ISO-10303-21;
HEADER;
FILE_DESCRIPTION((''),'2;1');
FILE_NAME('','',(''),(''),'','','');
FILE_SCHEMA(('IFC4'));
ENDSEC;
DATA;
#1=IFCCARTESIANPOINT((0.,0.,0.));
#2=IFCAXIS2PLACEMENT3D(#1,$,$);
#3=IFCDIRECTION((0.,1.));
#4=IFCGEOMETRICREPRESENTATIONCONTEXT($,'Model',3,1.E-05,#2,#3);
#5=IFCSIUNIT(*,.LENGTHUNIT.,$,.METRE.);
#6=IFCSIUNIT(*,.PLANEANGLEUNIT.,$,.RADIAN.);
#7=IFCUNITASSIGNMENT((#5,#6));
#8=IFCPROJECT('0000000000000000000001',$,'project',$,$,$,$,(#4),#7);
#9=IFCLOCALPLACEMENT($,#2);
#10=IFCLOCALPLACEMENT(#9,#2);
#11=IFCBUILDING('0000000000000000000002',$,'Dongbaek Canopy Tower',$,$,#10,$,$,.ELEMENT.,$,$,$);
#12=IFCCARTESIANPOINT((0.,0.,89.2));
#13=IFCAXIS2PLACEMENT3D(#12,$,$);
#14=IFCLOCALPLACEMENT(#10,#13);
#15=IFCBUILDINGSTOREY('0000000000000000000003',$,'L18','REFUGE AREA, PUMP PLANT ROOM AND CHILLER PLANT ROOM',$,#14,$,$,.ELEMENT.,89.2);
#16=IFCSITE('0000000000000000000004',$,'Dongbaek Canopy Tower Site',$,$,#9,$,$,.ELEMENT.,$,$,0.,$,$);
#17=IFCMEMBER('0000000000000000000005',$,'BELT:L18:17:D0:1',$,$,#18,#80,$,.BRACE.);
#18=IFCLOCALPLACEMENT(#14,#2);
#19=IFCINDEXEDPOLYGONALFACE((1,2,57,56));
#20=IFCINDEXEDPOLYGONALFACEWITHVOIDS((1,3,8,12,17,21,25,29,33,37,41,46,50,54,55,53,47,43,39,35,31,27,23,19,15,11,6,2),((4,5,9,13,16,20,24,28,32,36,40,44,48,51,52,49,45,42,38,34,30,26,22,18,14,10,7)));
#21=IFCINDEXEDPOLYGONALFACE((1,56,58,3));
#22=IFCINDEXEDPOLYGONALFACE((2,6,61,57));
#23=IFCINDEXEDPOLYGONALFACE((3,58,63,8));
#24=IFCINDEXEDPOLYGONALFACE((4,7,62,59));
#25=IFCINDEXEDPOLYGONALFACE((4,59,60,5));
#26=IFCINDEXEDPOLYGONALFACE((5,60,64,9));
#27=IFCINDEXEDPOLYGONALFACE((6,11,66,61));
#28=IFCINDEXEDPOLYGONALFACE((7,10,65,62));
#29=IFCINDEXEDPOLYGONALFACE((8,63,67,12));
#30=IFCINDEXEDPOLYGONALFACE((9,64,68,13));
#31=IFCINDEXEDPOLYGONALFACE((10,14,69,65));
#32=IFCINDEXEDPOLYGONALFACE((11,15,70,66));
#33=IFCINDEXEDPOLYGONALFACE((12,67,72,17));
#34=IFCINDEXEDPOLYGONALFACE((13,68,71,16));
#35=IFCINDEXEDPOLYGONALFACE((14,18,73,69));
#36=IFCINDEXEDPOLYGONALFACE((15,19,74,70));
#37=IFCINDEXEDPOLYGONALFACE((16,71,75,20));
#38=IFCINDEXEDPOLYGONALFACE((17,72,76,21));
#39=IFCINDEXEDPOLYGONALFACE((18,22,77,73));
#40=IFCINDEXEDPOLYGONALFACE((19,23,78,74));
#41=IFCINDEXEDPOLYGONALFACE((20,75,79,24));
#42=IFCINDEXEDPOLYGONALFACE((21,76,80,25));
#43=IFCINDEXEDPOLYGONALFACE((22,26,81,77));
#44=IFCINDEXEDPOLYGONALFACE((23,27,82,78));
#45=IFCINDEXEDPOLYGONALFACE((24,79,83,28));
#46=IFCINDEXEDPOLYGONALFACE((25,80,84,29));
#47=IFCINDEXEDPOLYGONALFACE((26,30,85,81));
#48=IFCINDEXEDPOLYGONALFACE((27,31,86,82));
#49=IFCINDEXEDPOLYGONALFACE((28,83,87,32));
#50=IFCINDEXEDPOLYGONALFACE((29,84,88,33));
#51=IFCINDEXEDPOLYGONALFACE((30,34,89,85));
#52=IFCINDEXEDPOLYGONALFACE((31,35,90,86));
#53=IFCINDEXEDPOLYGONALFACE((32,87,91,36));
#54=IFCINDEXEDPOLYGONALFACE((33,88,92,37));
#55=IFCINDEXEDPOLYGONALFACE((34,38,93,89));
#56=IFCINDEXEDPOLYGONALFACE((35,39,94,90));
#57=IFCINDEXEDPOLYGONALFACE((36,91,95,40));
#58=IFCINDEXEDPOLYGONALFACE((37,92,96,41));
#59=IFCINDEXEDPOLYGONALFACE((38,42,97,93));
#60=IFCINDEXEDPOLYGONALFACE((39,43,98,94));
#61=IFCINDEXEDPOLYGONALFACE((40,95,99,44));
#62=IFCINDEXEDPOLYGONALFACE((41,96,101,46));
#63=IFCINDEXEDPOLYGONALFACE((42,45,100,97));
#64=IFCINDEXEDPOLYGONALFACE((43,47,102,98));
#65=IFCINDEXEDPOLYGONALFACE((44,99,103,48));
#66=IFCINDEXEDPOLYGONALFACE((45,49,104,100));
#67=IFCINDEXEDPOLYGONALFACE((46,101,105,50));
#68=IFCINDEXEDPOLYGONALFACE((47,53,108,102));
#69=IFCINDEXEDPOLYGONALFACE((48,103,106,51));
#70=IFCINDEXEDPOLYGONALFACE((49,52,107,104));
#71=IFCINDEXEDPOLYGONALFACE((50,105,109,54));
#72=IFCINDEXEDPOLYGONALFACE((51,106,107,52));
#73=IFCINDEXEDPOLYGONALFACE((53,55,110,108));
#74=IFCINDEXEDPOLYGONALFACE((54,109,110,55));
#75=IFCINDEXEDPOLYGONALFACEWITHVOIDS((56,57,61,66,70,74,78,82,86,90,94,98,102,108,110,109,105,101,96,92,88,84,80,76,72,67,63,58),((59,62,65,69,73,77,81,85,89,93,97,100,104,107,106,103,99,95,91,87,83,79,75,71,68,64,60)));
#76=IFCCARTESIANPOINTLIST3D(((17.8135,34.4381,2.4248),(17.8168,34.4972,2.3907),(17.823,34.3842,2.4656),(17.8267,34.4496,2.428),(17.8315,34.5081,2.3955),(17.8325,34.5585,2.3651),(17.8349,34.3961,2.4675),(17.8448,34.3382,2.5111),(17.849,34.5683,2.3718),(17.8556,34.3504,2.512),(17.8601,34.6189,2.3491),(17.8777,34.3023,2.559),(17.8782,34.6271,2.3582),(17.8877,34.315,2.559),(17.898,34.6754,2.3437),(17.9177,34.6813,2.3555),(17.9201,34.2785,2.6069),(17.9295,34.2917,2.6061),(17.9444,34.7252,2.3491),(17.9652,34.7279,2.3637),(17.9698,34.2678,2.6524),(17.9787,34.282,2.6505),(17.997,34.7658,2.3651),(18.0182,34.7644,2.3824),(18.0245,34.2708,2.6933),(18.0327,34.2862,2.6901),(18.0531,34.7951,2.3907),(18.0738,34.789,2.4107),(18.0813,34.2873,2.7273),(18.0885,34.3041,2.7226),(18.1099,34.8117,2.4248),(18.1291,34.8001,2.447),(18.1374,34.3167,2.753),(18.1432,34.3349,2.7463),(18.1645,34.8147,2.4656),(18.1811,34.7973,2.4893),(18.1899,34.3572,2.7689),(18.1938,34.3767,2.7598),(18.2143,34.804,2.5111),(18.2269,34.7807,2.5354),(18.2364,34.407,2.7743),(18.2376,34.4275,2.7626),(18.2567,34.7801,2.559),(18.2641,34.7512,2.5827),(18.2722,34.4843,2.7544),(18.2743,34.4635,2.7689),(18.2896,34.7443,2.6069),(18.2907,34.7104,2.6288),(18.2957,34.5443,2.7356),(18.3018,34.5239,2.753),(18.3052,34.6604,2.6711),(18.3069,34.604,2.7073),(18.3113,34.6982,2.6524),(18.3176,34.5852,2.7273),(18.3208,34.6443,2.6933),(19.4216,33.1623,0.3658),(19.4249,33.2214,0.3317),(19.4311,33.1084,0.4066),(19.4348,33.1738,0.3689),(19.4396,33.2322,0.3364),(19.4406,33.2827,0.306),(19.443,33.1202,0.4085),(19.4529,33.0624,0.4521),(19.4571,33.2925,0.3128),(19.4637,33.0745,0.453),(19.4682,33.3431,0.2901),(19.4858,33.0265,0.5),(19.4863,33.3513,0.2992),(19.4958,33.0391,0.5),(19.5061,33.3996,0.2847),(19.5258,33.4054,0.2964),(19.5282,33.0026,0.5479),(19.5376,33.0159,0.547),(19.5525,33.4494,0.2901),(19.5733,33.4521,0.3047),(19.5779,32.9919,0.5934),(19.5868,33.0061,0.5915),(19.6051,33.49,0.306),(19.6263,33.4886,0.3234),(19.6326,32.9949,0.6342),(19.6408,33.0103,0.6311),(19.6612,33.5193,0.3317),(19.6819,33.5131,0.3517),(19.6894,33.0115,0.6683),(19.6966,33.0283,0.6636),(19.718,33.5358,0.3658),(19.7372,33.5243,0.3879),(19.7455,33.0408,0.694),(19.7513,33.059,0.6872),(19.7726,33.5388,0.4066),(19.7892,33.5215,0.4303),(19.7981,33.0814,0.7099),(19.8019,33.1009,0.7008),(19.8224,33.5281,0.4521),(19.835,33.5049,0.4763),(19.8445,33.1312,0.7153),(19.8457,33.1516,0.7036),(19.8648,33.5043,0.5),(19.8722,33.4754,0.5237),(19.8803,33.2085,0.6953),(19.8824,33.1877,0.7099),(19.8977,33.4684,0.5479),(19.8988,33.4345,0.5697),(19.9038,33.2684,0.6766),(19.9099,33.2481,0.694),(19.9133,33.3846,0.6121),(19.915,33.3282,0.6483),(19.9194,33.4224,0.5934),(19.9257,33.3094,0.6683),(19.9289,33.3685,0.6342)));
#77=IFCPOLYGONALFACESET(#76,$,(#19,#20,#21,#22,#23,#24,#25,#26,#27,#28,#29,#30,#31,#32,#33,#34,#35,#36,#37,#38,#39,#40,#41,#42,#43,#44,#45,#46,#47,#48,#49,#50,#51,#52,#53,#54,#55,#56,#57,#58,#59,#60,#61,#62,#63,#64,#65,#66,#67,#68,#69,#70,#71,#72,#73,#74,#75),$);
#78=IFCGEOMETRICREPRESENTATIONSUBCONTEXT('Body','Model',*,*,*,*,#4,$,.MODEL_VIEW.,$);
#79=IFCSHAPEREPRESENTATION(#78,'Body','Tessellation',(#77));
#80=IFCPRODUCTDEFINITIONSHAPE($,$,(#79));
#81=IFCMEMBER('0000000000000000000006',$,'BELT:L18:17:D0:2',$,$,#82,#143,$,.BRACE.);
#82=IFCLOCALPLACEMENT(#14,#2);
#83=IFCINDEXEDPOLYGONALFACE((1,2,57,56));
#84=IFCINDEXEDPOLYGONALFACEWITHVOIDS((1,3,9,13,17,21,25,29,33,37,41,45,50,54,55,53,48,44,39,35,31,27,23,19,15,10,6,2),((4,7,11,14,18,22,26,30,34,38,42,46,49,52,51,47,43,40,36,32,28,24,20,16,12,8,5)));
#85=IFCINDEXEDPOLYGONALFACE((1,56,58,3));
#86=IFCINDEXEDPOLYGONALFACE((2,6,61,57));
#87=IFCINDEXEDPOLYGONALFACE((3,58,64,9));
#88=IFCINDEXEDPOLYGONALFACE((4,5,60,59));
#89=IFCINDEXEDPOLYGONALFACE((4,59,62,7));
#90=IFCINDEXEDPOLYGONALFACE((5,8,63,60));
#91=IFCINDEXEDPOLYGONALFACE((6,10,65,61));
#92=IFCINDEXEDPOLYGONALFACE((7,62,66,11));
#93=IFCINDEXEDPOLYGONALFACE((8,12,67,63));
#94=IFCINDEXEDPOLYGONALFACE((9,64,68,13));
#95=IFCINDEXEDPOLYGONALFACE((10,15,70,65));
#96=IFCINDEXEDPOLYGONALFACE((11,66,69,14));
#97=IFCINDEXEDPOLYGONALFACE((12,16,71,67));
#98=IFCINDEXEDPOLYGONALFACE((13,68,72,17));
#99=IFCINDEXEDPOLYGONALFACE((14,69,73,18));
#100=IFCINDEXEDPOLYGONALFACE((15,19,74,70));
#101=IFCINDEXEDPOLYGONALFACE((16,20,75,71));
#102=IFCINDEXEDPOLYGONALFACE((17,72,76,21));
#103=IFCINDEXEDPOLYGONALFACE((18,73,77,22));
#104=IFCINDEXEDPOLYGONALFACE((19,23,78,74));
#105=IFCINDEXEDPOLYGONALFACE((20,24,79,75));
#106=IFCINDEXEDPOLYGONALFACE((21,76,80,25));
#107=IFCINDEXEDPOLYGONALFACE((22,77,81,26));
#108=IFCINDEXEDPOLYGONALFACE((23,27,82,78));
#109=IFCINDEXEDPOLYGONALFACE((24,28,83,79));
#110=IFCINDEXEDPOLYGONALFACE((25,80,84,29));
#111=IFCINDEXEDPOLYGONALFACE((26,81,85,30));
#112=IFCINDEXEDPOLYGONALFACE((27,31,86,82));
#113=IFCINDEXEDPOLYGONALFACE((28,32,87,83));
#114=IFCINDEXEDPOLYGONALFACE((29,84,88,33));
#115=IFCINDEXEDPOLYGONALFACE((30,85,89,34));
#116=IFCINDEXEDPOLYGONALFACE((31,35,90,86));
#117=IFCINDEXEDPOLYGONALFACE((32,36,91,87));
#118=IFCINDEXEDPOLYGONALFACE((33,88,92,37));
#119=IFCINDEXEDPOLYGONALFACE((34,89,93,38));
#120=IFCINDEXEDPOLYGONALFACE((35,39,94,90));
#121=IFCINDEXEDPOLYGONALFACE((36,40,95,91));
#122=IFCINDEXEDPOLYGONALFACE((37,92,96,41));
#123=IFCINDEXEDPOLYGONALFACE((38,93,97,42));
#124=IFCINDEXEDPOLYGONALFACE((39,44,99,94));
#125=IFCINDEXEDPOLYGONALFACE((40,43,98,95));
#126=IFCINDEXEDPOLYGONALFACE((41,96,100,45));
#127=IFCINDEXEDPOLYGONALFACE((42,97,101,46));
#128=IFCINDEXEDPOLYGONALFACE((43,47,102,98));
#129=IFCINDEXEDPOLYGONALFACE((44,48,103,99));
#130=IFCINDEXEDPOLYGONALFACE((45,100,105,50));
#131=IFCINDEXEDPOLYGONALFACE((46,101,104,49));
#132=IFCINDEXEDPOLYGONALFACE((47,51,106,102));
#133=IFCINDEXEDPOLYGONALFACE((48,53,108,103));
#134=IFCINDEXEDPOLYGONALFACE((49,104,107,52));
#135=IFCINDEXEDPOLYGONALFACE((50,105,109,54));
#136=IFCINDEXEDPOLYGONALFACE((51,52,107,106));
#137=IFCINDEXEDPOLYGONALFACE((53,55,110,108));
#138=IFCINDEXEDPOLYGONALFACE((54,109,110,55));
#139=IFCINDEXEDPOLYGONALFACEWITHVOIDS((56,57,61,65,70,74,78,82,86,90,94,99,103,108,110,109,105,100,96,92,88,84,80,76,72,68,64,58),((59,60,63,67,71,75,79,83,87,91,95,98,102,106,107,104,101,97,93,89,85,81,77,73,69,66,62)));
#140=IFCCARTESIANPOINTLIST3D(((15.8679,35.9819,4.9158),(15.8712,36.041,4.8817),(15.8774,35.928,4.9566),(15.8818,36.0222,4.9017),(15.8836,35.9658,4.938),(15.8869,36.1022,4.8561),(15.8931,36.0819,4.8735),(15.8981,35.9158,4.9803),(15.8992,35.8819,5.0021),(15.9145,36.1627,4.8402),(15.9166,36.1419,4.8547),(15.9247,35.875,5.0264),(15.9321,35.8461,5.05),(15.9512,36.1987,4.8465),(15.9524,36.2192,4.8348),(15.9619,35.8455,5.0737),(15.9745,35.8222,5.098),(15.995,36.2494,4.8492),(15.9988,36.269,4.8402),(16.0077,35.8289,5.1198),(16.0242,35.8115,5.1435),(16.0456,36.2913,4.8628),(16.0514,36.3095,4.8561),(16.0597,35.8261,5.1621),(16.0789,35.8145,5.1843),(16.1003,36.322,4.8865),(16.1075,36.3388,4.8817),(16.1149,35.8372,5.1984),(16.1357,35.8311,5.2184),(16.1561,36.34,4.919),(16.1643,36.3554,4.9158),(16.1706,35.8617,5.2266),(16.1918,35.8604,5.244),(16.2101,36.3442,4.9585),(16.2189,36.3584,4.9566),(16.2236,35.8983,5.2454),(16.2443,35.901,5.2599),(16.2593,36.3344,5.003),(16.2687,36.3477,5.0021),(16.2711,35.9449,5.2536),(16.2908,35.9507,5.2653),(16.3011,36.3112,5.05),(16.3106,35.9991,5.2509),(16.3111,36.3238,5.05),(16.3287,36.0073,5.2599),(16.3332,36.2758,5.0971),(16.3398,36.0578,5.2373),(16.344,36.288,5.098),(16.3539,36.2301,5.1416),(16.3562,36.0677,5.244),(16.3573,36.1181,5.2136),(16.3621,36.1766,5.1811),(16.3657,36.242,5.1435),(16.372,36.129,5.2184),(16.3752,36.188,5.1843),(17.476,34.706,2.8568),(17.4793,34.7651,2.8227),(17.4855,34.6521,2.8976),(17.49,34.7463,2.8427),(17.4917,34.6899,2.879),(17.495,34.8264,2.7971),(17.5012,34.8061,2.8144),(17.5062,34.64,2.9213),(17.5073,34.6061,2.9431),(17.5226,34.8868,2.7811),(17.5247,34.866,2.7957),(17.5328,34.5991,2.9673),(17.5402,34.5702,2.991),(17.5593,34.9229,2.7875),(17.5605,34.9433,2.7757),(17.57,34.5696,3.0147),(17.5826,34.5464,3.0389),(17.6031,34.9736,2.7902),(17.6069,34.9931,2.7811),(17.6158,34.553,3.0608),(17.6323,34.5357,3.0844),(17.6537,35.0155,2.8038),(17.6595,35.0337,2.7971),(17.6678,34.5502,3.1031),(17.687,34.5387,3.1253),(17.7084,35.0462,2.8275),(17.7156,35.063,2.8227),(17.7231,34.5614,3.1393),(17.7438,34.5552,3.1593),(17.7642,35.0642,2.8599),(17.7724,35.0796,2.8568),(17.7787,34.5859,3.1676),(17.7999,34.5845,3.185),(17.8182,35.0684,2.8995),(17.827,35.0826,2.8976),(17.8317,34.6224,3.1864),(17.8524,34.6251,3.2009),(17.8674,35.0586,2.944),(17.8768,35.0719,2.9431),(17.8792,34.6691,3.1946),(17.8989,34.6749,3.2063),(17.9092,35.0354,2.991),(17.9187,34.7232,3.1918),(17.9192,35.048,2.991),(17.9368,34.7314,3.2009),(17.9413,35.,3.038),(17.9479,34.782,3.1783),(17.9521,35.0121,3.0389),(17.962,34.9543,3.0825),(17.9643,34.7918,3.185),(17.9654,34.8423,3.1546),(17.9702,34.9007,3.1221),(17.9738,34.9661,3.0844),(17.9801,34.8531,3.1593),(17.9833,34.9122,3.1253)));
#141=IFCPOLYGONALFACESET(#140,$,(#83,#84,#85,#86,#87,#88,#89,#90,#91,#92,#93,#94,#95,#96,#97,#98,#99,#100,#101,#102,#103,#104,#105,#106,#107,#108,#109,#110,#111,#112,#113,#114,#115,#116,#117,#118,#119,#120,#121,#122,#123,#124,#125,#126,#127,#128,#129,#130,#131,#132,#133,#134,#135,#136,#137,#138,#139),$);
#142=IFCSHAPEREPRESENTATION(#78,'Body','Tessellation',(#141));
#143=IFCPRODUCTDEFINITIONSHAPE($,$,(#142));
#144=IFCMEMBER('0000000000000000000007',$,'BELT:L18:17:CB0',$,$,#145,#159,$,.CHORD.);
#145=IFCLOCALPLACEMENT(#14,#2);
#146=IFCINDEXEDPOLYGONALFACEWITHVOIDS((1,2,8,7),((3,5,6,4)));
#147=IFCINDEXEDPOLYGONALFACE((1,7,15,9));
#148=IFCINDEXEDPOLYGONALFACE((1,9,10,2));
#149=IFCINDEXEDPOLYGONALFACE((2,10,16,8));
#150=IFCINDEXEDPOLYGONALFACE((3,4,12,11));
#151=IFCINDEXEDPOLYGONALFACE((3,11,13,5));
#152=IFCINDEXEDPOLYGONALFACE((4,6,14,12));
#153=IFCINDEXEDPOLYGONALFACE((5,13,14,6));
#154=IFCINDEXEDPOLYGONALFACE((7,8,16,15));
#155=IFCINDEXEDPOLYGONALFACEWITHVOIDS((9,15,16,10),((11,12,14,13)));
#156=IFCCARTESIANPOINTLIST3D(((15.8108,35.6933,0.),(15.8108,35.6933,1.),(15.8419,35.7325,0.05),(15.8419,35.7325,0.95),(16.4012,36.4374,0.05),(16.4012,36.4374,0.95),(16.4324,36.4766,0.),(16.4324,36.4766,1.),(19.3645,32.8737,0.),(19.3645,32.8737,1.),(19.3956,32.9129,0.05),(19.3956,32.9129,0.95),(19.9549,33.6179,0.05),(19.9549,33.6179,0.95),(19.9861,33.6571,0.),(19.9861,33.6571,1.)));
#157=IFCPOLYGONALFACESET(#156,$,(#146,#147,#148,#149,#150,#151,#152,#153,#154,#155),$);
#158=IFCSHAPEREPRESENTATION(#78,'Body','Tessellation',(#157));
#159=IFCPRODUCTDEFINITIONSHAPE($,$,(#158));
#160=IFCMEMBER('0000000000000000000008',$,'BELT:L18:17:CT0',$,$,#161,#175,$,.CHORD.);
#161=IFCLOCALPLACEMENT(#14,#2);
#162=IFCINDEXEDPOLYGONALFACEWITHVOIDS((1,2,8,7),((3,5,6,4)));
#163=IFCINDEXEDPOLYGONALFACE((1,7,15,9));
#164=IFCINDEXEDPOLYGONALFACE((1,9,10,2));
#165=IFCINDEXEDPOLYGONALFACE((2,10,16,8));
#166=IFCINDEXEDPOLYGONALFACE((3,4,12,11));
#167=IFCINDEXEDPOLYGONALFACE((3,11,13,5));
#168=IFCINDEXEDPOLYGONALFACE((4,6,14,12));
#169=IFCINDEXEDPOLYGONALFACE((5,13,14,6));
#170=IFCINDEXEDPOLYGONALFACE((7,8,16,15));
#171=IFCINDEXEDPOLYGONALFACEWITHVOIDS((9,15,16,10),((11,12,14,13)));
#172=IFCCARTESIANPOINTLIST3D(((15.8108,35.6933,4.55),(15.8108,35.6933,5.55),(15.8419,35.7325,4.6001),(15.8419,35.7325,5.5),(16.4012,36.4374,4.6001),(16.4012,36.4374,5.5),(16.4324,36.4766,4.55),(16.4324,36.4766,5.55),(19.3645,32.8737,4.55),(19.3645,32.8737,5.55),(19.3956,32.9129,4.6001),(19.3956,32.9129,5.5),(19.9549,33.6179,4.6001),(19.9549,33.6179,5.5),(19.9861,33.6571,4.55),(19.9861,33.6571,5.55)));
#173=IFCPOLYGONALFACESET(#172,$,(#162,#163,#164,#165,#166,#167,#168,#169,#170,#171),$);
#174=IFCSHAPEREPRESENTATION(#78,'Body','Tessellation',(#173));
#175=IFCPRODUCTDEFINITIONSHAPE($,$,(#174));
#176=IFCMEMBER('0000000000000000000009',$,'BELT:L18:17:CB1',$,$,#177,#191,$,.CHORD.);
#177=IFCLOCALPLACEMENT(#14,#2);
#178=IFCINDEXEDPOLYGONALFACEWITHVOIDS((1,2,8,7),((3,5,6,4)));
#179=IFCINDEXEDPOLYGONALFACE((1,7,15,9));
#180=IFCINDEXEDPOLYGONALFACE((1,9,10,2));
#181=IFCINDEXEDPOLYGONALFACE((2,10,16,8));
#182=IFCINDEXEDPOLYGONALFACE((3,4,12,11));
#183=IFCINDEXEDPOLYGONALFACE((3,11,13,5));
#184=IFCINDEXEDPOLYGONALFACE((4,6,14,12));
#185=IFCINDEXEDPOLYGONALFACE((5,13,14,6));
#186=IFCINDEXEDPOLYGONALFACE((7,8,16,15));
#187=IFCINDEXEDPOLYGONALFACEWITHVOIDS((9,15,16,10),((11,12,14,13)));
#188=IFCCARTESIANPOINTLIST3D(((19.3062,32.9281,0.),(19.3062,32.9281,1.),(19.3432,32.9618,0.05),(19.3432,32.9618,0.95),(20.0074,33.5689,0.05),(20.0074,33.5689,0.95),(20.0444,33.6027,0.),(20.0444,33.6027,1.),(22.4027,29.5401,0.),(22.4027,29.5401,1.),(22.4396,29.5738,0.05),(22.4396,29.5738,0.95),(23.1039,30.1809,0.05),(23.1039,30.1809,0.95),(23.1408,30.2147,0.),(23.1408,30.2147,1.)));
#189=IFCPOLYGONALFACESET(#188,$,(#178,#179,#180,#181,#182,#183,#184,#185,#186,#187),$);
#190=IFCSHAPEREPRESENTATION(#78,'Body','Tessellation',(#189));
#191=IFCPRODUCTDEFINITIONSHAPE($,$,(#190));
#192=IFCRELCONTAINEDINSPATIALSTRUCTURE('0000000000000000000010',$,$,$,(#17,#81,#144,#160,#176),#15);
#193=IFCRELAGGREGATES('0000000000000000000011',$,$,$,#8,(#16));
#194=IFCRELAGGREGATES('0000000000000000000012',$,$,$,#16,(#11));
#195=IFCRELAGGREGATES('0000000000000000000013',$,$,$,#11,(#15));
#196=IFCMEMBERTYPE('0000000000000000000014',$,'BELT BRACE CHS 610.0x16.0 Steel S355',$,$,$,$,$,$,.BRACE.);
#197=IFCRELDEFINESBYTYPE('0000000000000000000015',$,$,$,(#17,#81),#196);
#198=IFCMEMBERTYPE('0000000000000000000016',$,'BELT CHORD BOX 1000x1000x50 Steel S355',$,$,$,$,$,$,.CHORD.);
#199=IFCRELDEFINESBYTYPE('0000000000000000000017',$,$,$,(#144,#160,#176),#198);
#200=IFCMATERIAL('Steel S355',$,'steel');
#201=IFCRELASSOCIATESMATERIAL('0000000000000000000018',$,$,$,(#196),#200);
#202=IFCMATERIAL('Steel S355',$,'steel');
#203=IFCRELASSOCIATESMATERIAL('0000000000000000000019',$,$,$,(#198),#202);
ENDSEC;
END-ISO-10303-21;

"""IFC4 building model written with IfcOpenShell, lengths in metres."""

from ifc_helpers import new_model, si_unit, direction, frame, origin, origin_2d, place, context, subcontext, project, spatial, hollow_rectangle, hollow_circle, extrude, material, material_profile, profile_set, type_object, element, save


model = new_model("IFC4")

# Units and contexts
model_context = context("Model", 3, precision=1e-05, world=origin(), true_north=direction((0.0, 1.0)))
body_context = subcontext(model_context, "Body", "Model", "MODEL_VIEW")
ifc_project = project(units=[si_unit("LENGTHUNIT", "METRE"), si_unit("PLANEANGLEUNIT", "RADIAN")], contexts=[model_context])

# Site, building, storey
site_placement = place(None, origin())
site = spatial("IfcSite", under=ifc_project, at=site_placement, Name="Dongbaek Canopy Tower Site", CompositionType="ELEMENT", RefElevation=0.0)
building_placement = place(site_placement, origin())
building = spatial("IfcBuilding", under=site, at=building_placement, Name="Dongbaek Canopy Tower", CompositionType="ELEMENT")
storey_placement = place(building_placement, frame((0.0, 0.0, 89.2)))
storey = spatial("IfcBuildingStorey", under=building, at=storey_placement, Name="L18", Description="REFUGE AREA, PUMP PLANT ROOM AND CHILLER PLANT ROOM", CompositionType="ELEMENT", Elevation=89.2)

# Members
ifc_material_1 = material(Name="Steel S355", Category="steel")
ifc_material_profile_1 = material_profile(ifc_material_1, hollow_circle(Radius=0.3049, WallThickness=0.0161, at=origin_2d()), Name="BELT BRACE CHS 610.0x16.0 Steel S355")
ifc_profile_set_1 = profile_set([ifc_material_profile_1], Name="Steel S355")
member_type_1 = type_object("IfcMemberType", Name="BELT BRACE CHS 610.0x16.0 Steel S355", PredefinedType="BRACE", material=ifc_profile_set_1)
for number, where, z_axis, x_axis, name in (
    (1, (19.6753, 33.2654, 0.5), (-0.553096, 0.438816, 0.708185), (-0.621528, -0.783392, 0.0), "BELT:L18:17:D0:1"),
    (2, (16.1216, 36.085, 5.05), (0.553096, -0.438816, -0.708185), (0.621528, 0.783392, 0.0), "BELT:L18:17:D0:2"),
):
    element("IfcMember", number, at=place(storey_placement, frame(where, z_axis=z_axis, x_axis=x_axis)), inside=storey, type_object=member_type_1, Name=name, PredefinedType="BRACE", context=body_context, shape_type="SweptSolid", body=[
        extrude(hollow_circle(Radius=0.3049, WallThickness=0.0161, at=origin_2d()), origin(), (0.0, 0.0, 1.0), 2.9075),
    ])
ifc_material_2 = material(Name="Steel S355", Category="steel")
ifc_material_profile_2 = material_profile(ifc_material_2, hollow_rectangle(XDim=1.0, YDim=1.0, WallThickness=0.05, at=origin_2d()), Name="BELT CHORD BOX 1000x1000x50 Steel S355")
ifc_profile_set_2 = profile_set([ifc_material_profile_2], Name="Steel S355")
member_type_2 = type_object("IfcMemberType", Name="BELT CHORD BOX 1000x1000x50 Steel S355", PredefinedType="CHORD", material=ifc_profile_set_2)
for number, where, z_axis, x_axis, name in (
    (3, (16.1216, 36.085, 0.5), (0.783377, -0.621546, 0.0), (0.621546, 0.783377, 0.0), "BELT:L18:17:CB0"),
    (4, (16.1216, 36.085, 5.05), (0.783377, -0.621546, 0.0), (0.621546, 0.783377, 0.0), "BELT:L18:17:CT0"),
):
    element("IfcMember", number, at=place(storey_placement, frame(where, z_axis=z_axis, x_axis=x_axis)), inside=storey, type_object=member_type_2, Name=name, PredefinedType="CHORD", context=body_context, shape_type="SweptSolid", body=[
        extrude(hollow_rectangle(XDim=1.0, YDim=1.0, WallThickness=0.05, at=origin_2d()), origin(), (0.0, 0.0, 1.0), 4.5364),
    ])
member_1_placement = place(storey_placement, frame((19.6753, 33.2654, 0.5), z_axis=(0.674638, -0.738149, 0.0), x_axis=(0.738149, 0.674638, 0.0)))
element("IfcMember", 5, at=member_1_placement, inside=storey, type_object=member_type_2, Name="BELT:L18:17:CB1", PredefinedType="CHORD", context=body_context, shape_type="SweptSolid", body=[
    extrude(hollow_rectangle(XDim=1.0, YDim=1.0, WallThickness=0.05, at=origin_2d()), origin(), (0.0, 0.0, 1.0), 4.5898),
])

save(model, "model.ifc")
